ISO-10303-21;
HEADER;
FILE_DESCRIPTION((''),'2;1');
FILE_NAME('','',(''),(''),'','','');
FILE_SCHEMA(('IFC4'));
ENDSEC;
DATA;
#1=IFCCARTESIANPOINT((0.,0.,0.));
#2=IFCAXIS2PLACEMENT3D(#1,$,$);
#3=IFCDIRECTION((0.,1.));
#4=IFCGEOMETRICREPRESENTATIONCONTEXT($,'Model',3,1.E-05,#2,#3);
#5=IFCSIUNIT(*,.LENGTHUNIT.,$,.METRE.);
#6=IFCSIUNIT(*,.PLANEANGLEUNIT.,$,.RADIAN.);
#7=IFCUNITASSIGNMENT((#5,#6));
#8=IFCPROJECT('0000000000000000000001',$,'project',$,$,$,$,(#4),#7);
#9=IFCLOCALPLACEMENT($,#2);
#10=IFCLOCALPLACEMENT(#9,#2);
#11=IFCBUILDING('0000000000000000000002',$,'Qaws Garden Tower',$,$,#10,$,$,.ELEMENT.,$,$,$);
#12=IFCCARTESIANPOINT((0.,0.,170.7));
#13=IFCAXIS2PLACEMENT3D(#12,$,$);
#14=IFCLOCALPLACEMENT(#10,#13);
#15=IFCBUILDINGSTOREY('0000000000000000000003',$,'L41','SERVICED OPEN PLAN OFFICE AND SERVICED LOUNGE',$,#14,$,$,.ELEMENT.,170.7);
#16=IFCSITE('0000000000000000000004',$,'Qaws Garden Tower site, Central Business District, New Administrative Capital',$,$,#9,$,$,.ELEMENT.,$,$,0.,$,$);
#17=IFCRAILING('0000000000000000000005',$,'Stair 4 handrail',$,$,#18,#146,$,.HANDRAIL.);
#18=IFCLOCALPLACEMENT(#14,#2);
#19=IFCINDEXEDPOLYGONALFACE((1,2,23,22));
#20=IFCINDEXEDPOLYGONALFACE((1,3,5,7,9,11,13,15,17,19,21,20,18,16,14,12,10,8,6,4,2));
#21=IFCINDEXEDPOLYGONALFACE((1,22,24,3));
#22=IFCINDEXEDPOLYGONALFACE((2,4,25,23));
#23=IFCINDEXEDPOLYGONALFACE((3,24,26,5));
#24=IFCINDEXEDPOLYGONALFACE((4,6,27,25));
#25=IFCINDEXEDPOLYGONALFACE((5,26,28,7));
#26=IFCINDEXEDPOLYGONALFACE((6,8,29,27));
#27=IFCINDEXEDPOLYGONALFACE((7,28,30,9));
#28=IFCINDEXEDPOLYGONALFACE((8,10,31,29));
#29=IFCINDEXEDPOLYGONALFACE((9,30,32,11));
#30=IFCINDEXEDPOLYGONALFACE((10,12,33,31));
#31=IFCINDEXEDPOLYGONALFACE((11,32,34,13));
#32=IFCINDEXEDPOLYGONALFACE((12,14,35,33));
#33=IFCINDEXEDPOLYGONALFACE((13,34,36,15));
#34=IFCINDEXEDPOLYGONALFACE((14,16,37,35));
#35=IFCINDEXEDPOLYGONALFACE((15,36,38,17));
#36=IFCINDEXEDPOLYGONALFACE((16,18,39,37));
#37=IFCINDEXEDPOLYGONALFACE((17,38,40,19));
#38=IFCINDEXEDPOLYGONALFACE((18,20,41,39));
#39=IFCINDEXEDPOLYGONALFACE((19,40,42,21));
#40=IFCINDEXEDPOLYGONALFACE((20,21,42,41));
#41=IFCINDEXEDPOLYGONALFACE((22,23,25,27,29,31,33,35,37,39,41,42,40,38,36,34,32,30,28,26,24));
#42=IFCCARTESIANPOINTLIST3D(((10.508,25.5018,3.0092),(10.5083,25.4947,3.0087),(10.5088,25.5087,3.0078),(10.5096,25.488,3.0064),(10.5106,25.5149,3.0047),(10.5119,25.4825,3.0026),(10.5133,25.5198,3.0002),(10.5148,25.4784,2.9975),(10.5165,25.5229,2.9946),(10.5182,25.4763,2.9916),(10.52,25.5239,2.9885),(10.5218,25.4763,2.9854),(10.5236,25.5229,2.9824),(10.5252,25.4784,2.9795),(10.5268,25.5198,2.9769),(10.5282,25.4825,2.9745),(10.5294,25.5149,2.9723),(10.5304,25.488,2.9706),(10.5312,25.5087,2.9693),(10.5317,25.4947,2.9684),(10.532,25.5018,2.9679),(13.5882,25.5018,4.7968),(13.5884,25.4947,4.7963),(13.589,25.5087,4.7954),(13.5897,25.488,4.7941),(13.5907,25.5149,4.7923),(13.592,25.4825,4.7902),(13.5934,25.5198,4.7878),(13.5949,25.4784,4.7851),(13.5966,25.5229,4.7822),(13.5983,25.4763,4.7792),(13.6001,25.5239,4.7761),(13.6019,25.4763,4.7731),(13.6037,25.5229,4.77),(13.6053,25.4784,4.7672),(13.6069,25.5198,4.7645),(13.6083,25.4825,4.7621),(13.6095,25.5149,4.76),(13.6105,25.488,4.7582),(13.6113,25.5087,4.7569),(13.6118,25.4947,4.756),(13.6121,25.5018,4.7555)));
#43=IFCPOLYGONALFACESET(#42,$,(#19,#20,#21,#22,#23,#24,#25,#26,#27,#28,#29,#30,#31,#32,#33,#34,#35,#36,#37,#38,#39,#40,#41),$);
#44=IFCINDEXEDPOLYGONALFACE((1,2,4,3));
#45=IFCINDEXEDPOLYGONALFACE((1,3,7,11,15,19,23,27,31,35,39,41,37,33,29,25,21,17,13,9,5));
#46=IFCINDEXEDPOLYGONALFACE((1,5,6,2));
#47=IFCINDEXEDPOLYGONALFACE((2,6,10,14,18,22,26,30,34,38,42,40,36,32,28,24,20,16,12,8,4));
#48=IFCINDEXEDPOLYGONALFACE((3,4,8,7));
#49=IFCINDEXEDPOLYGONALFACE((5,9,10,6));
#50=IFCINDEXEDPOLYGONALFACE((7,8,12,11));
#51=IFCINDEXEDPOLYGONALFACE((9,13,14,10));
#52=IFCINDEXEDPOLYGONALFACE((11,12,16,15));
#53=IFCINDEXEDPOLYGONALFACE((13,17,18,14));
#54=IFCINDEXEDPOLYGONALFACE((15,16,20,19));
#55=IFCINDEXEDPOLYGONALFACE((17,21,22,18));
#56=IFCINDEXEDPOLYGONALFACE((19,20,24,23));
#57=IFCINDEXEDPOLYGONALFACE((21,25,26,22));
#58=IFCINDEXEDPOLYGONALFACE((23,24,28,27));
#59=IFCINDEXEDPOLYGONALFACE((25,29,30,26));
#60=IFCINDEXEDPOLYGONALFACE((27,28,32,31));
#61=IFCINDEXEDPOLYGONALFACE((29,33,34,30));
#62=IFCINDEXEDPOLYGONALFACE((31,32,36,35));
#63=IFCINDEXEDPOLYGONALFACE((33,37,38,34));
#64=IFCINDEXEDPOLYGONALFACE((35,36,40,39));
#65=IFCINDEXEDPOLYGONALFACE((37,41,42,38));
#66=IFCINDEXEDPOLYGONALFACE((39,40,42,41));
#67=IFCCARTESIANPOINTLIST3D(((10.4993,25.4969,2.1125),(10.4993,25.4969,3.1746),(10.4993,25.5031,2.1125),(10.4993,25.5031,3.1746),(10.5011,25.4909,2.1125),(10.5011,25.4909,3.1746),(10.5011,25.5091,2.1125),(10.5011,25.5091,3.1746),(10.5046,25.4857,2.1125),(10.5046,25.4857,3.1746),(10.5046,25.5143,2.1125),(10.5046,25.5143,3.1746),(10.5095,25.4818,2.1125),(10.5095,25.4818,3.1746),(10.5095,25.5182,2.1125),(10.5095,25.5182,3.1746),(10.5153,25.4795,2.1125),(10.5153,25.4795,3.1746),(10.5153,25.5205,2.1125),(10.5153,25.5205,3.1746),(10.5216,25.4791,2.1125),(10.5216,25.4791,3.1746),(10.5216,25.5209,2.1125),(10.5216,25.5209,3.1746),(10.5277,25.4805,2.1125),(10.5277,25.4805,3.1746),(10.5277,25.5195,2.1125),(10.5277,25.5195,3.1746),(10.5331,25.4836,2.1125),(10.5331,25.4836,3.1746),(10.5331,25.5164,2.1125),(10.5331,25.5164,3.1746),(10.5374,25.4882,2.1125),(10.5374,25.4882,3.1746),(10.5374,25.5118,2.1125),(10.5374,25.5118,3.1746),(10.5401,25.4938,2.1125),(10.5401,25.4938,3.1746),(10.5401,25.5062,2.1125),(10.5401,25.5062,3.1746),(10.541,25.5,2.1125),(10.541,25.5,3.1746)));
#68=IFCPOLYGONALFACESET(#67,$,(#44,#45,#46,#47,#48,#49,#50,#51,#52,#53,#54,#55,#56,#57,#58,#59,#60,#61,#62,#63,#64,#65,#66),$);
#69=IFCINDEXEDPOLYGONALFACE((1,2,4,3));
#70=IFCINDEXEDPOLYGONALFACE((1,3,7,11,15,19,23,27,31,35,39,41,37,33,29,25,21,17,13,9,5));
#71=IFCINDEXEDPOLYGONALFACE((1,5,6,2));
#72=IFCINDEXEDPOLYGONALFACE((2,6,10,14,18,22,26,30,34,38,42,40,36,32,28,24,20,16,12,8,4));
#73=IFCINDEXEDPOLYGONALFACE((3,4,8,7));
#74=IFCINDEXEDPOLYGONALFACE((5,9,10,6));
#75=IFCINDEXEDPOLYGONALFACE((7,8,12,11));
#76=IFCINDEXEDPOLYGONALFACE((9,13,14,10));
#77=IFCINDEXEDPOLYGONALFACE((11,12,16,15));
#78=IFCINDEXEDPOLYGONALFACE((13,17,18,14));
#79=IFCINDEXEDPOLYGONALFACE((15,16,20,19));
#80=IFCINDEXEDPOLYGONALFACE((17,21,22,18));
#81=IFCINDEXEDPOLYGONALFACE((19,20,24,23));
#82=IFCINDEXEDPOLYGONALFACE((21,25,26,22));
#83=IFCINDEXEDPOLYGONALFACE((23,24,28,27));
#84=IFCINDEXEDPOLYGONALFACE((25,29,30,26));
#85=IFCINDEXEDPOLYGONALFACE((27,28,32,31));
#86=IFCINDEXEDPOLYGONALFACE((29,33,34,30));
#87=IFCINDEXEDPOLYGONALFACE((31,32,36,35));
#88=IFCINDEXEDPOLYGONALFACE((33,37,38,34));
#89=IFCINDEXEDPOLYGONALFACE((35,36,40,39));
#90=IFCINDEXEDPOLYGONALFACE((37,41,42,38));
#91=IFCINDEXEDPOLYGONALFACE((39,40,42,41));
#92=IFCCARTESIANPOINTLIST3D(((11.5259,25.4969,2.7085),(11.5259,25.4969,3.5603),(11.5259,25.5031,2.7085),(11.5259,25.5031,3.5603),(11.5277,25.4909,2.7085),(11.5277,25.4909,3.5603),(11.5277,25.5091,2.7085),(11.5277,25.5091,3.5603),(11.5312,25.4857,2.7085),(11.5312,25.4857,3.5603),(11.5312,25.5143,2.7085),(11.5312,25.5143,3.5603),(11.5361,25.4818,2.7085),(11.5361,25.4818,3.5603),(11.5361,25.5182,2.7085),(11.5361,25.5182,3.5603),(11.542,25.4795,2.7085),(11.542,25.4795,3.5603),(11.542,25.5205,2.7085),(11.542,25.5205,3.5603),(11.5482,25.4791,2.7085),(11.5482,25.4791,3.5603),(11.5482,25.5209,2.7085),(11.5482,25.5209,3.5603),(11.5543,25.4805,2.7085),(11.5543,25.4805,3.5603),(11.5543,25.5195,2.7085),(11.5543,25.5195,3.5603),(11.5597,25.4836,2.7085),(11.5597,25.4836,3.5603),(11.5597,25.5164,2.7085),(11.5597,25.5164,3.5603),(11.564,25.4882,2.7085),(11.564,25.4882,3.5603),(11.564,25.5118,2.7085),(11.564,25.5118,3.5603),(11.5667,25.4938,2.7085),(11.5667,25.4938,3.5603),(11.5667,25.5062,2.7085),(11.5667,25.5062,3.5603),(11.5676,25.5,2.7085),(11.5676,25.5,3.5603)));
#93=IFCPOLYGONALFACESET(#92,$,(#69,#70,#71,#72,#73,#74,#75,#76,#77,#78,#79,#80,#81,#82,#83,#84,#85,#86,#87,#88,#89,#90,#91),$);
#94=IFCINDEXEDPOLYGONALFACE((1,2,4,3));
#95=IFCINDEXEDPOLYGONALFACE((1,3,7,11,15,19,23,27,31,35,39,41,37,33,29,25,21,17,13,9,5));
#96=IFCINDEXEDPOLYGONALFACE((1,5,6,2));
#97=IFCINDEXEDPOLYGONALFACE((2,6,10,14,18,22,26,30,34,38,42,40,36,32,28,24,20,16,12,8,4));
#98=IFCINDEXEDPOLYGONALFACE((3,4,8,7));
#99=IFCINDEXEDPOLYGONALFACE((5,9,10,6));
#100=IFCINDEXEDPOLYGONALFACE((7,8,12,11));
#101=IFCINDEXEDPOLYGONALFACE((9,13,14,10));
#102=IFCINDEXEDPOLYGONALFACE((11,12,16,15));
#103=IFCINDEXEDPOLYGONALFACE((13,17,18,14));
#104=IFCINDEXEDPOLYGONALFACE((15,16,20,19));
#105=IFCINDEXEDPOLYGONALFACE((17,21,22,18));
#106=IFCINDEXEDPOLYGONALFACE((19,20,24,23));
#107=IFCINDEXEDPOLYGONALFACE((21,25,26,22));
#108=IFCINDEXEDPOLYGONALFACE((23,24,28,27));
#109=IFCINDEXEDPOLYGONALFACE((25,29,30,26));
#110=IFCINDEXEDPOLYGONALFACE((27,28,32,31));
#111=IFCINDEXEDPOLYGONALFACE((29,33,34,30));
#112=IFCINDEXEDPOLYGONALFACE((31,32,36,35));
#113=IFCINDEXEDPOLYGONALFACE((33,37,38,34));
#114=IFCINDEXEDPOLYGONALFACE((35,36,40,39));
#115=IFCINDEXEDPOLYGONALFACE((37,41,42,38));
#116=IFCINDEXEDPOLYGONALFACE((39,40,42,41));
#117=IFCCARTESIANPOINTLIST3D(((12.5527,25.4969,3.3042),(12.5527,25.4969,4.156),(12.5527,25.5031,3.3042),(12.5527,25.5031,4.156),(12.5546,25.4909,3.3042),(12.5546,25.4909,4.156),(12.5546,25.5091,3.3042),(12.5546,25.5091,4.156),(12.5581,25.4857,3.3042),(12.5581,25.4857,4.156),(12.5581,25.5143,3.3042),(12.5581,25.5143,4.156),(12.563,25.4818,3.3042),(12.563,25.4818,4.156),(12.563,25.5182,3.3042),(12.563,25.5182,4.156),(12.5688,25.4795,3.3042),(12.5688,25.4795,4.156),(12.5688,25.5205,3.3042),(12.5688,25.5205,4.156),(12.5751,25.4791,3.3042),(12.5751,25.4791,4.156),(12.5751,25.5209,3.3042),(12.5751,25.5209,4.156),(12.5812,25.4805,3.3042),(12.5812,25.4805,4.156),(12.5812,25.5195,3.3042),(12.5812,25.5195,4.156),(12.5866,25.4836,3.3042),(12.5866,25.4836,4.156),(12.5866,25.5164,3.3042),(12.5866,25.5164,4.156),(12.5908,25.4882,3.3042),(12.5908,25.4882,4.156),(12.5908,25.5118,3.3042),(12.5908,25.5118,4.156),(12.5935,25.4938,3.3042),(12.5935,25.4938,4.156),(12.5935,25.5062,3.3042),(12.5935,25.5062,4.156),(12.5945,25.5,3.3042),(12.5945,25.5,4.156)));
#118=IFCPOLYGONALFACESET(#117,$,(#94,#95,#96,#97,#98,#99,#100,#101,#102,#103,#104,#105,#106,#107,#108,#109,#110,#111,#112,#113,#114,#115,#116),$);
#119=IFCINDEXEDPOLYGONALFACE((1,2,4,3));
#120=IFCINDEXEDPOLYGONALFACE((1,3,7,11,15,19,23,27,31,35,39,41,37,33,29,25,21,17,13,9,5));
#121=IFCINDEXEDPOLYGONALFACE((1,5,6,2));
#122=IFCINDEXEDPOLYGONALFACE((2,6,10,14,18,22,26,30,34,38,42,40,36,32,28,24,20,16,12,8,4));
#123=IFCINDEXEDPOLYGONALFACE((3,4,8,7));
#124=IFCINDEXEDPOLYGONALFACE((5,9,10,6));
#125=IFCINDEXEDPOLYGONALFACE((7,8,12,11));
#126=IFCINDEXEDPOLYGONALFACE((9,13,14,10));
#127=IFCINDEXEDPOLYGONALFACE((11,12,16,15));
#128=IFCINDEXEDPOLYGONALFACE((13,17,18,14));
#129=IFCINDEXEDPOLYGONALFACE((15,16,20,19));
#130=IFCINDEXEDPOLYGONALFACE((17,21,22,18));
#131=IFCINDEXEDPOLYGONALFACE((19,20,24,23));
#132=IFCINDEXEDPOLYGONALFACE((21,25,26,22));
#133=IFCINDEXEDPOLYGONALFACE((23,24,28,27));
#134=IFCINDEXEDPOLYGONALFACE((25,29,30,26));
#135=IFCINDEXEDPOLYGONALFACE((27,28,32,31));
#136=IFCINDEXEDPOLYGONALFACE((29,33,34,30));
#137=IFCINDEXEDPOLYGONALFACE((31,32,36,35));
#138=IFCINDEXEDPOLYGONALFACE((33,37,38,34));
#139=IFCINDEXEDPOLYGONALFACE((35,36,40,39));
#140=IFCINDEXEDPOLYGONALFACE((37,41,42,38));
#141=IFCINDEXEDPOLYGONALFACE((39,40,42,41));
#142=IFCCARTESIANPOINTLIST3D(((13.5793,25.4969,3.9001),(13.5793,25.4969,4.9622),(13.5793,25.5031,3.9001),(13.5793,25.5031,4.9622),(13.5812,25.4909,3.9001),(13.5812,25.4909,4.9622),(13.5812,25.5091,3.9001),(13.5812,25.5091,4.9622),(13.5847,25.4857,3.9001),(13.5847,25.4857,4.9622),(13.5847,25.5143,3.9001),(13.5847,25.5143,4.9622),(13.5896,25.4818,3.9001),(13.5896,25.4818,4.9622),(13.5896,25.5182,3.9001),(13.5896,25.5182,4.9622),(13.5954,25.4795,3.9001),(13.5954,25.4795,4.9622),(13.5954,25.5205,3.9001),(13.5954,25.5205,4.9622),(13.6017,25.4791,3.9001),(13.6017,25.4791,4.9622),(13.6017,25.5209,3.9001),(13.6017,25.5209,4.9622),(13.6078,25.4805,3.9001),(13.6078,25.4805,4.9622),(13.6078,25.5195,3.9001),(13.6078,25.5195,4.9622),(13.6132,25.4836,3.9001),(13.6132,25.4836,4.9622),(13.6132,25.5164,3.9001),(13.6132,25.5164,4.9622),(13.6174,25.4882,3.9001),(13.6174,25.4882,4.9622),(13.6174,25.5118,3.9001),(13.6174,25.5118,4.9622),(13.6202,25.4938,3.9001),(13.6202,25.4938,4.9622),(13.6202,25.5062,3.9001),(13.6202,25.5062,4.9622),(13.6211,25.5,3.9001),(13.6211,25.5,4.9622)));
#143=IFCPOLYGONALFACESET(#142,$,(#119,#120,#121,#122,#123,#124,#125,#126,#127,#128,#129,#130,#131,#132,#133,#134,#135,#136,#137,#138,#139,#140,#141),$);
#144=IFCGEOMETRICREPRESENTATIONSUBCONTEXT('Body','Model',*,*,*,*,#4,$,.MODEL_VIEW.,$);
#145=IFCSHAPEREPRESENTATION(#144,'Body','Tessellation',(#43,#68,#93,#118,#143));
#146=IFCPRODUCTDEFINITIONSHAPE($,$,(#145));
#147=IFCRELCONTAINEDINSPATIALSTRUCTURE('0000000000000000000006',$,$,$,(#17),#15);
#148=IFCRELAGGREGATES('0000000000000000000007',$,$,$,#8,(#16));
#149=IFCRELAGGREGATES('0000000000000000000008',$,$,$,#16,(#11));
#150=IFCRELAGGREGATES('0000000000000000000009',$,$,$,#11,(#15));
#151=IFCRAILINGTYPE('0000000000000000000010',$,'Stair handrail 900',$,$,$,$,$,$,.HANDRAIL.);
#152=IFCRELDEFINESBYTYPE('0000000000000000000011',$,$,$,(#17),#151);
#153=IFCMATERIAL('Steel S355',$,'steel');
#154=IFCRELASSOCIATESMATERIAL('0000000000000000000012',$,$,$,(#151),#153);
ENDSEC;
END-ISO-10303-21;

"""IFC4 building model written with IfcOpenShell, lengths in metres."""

from ifc_helpers import new_model, si_unit, direction, frame, origin, origin_2d, place, context, subcontext, project, spatial, circle, extrude, material, type_object, element, save


model = new_model("IFC4")

# Units and contexts
model_context = context("Model", 3, precision=1e-05, world=origin(), true_north=direction((0.0, 1.0)))
body_context = subcontext(model_context, "Body", "Model", "MODEL_VIEW")
ifc_project = project(units=[si_unit("LENGTHUNIT", "METRE"), si_unit("PLANEANGLEUNIT", "RADIAN")], contexts=[model_context])

# Site, building, storey
site_placement = place(None, origin())
site = spatial("IfcSite", under=ifc_project, at=site_placement, Name="Qaws Garden Tower site, Central Business District, New Administrative Capital", CompositionType="ELEMENT", RefElevation=0.0)
building_placement = place(site_placement, origin())
building = spatial("IfcBuilding", under=site, at=building_placement, Name="Qaws Garden Tower", CompositionType="ELEMENT")
storey_placement = place(building_placement, frame((0.0, 0.0, 170.7)))
storey = spatial("IfcBuildingStorey", under=building, at=storey_placement, Name="L41", Description="SERVICED OPEN PLAN OFFICE AND SERVICED LOUNGE", CompositionType="ELEMENT", Elevation=170.7)

# Railing
ifc_material_1 = material(Name="Steel S355", Category="steel")
railing_type = type_object("IfcRailingType", Name="Stair handrail 900", PredefinedType="HANDRAIL", material=ifc_material_1)
railing_1_placement = place(storey_placement, frame((10.52, 25.5, 2.1125)))
element("IfcRailing", 1, at=railing_1_placement, inside=storey, type_object=railing_type, Name="Stair 4 handrail", PredefinedType="HANDRAIL", context=body_context, shape_type="SweptSolid", body=[
    extrude(circle(Radius=0.0239, at=origin_2d()), frame((0.0, 0.0, 0.876), z_axis=(0.864891, 0.0, 0.50196), x_axis=(0.0, 1.0, 0.0)), (0.0, 0.0, 1.0), 3.5613),
    extrude(circle(Radius=0.021, at=origin_2d()), origin(), (0.0, 0.0, 1.0), 1.062),
    extrude(circle(Radius=0.021, at=origin_2d()), frame((1.0266, 0.0, 0.5959)), (0.0, 0.0, 1.0), 0.8518),
    extrude(circle(Radius=0.021, at=origin_2d()), frame((2.0535, 0.0, 1.1917)), (0.0, 0.0, 1.0), 0.8518),
    extrude(circle(Radius=0.021, at=origin_2d()), frame((3.0801, 0.0, 1.7876)), (0.0, 0.0, 1.0), 1.062),
])

save(model, "model.ifc")
